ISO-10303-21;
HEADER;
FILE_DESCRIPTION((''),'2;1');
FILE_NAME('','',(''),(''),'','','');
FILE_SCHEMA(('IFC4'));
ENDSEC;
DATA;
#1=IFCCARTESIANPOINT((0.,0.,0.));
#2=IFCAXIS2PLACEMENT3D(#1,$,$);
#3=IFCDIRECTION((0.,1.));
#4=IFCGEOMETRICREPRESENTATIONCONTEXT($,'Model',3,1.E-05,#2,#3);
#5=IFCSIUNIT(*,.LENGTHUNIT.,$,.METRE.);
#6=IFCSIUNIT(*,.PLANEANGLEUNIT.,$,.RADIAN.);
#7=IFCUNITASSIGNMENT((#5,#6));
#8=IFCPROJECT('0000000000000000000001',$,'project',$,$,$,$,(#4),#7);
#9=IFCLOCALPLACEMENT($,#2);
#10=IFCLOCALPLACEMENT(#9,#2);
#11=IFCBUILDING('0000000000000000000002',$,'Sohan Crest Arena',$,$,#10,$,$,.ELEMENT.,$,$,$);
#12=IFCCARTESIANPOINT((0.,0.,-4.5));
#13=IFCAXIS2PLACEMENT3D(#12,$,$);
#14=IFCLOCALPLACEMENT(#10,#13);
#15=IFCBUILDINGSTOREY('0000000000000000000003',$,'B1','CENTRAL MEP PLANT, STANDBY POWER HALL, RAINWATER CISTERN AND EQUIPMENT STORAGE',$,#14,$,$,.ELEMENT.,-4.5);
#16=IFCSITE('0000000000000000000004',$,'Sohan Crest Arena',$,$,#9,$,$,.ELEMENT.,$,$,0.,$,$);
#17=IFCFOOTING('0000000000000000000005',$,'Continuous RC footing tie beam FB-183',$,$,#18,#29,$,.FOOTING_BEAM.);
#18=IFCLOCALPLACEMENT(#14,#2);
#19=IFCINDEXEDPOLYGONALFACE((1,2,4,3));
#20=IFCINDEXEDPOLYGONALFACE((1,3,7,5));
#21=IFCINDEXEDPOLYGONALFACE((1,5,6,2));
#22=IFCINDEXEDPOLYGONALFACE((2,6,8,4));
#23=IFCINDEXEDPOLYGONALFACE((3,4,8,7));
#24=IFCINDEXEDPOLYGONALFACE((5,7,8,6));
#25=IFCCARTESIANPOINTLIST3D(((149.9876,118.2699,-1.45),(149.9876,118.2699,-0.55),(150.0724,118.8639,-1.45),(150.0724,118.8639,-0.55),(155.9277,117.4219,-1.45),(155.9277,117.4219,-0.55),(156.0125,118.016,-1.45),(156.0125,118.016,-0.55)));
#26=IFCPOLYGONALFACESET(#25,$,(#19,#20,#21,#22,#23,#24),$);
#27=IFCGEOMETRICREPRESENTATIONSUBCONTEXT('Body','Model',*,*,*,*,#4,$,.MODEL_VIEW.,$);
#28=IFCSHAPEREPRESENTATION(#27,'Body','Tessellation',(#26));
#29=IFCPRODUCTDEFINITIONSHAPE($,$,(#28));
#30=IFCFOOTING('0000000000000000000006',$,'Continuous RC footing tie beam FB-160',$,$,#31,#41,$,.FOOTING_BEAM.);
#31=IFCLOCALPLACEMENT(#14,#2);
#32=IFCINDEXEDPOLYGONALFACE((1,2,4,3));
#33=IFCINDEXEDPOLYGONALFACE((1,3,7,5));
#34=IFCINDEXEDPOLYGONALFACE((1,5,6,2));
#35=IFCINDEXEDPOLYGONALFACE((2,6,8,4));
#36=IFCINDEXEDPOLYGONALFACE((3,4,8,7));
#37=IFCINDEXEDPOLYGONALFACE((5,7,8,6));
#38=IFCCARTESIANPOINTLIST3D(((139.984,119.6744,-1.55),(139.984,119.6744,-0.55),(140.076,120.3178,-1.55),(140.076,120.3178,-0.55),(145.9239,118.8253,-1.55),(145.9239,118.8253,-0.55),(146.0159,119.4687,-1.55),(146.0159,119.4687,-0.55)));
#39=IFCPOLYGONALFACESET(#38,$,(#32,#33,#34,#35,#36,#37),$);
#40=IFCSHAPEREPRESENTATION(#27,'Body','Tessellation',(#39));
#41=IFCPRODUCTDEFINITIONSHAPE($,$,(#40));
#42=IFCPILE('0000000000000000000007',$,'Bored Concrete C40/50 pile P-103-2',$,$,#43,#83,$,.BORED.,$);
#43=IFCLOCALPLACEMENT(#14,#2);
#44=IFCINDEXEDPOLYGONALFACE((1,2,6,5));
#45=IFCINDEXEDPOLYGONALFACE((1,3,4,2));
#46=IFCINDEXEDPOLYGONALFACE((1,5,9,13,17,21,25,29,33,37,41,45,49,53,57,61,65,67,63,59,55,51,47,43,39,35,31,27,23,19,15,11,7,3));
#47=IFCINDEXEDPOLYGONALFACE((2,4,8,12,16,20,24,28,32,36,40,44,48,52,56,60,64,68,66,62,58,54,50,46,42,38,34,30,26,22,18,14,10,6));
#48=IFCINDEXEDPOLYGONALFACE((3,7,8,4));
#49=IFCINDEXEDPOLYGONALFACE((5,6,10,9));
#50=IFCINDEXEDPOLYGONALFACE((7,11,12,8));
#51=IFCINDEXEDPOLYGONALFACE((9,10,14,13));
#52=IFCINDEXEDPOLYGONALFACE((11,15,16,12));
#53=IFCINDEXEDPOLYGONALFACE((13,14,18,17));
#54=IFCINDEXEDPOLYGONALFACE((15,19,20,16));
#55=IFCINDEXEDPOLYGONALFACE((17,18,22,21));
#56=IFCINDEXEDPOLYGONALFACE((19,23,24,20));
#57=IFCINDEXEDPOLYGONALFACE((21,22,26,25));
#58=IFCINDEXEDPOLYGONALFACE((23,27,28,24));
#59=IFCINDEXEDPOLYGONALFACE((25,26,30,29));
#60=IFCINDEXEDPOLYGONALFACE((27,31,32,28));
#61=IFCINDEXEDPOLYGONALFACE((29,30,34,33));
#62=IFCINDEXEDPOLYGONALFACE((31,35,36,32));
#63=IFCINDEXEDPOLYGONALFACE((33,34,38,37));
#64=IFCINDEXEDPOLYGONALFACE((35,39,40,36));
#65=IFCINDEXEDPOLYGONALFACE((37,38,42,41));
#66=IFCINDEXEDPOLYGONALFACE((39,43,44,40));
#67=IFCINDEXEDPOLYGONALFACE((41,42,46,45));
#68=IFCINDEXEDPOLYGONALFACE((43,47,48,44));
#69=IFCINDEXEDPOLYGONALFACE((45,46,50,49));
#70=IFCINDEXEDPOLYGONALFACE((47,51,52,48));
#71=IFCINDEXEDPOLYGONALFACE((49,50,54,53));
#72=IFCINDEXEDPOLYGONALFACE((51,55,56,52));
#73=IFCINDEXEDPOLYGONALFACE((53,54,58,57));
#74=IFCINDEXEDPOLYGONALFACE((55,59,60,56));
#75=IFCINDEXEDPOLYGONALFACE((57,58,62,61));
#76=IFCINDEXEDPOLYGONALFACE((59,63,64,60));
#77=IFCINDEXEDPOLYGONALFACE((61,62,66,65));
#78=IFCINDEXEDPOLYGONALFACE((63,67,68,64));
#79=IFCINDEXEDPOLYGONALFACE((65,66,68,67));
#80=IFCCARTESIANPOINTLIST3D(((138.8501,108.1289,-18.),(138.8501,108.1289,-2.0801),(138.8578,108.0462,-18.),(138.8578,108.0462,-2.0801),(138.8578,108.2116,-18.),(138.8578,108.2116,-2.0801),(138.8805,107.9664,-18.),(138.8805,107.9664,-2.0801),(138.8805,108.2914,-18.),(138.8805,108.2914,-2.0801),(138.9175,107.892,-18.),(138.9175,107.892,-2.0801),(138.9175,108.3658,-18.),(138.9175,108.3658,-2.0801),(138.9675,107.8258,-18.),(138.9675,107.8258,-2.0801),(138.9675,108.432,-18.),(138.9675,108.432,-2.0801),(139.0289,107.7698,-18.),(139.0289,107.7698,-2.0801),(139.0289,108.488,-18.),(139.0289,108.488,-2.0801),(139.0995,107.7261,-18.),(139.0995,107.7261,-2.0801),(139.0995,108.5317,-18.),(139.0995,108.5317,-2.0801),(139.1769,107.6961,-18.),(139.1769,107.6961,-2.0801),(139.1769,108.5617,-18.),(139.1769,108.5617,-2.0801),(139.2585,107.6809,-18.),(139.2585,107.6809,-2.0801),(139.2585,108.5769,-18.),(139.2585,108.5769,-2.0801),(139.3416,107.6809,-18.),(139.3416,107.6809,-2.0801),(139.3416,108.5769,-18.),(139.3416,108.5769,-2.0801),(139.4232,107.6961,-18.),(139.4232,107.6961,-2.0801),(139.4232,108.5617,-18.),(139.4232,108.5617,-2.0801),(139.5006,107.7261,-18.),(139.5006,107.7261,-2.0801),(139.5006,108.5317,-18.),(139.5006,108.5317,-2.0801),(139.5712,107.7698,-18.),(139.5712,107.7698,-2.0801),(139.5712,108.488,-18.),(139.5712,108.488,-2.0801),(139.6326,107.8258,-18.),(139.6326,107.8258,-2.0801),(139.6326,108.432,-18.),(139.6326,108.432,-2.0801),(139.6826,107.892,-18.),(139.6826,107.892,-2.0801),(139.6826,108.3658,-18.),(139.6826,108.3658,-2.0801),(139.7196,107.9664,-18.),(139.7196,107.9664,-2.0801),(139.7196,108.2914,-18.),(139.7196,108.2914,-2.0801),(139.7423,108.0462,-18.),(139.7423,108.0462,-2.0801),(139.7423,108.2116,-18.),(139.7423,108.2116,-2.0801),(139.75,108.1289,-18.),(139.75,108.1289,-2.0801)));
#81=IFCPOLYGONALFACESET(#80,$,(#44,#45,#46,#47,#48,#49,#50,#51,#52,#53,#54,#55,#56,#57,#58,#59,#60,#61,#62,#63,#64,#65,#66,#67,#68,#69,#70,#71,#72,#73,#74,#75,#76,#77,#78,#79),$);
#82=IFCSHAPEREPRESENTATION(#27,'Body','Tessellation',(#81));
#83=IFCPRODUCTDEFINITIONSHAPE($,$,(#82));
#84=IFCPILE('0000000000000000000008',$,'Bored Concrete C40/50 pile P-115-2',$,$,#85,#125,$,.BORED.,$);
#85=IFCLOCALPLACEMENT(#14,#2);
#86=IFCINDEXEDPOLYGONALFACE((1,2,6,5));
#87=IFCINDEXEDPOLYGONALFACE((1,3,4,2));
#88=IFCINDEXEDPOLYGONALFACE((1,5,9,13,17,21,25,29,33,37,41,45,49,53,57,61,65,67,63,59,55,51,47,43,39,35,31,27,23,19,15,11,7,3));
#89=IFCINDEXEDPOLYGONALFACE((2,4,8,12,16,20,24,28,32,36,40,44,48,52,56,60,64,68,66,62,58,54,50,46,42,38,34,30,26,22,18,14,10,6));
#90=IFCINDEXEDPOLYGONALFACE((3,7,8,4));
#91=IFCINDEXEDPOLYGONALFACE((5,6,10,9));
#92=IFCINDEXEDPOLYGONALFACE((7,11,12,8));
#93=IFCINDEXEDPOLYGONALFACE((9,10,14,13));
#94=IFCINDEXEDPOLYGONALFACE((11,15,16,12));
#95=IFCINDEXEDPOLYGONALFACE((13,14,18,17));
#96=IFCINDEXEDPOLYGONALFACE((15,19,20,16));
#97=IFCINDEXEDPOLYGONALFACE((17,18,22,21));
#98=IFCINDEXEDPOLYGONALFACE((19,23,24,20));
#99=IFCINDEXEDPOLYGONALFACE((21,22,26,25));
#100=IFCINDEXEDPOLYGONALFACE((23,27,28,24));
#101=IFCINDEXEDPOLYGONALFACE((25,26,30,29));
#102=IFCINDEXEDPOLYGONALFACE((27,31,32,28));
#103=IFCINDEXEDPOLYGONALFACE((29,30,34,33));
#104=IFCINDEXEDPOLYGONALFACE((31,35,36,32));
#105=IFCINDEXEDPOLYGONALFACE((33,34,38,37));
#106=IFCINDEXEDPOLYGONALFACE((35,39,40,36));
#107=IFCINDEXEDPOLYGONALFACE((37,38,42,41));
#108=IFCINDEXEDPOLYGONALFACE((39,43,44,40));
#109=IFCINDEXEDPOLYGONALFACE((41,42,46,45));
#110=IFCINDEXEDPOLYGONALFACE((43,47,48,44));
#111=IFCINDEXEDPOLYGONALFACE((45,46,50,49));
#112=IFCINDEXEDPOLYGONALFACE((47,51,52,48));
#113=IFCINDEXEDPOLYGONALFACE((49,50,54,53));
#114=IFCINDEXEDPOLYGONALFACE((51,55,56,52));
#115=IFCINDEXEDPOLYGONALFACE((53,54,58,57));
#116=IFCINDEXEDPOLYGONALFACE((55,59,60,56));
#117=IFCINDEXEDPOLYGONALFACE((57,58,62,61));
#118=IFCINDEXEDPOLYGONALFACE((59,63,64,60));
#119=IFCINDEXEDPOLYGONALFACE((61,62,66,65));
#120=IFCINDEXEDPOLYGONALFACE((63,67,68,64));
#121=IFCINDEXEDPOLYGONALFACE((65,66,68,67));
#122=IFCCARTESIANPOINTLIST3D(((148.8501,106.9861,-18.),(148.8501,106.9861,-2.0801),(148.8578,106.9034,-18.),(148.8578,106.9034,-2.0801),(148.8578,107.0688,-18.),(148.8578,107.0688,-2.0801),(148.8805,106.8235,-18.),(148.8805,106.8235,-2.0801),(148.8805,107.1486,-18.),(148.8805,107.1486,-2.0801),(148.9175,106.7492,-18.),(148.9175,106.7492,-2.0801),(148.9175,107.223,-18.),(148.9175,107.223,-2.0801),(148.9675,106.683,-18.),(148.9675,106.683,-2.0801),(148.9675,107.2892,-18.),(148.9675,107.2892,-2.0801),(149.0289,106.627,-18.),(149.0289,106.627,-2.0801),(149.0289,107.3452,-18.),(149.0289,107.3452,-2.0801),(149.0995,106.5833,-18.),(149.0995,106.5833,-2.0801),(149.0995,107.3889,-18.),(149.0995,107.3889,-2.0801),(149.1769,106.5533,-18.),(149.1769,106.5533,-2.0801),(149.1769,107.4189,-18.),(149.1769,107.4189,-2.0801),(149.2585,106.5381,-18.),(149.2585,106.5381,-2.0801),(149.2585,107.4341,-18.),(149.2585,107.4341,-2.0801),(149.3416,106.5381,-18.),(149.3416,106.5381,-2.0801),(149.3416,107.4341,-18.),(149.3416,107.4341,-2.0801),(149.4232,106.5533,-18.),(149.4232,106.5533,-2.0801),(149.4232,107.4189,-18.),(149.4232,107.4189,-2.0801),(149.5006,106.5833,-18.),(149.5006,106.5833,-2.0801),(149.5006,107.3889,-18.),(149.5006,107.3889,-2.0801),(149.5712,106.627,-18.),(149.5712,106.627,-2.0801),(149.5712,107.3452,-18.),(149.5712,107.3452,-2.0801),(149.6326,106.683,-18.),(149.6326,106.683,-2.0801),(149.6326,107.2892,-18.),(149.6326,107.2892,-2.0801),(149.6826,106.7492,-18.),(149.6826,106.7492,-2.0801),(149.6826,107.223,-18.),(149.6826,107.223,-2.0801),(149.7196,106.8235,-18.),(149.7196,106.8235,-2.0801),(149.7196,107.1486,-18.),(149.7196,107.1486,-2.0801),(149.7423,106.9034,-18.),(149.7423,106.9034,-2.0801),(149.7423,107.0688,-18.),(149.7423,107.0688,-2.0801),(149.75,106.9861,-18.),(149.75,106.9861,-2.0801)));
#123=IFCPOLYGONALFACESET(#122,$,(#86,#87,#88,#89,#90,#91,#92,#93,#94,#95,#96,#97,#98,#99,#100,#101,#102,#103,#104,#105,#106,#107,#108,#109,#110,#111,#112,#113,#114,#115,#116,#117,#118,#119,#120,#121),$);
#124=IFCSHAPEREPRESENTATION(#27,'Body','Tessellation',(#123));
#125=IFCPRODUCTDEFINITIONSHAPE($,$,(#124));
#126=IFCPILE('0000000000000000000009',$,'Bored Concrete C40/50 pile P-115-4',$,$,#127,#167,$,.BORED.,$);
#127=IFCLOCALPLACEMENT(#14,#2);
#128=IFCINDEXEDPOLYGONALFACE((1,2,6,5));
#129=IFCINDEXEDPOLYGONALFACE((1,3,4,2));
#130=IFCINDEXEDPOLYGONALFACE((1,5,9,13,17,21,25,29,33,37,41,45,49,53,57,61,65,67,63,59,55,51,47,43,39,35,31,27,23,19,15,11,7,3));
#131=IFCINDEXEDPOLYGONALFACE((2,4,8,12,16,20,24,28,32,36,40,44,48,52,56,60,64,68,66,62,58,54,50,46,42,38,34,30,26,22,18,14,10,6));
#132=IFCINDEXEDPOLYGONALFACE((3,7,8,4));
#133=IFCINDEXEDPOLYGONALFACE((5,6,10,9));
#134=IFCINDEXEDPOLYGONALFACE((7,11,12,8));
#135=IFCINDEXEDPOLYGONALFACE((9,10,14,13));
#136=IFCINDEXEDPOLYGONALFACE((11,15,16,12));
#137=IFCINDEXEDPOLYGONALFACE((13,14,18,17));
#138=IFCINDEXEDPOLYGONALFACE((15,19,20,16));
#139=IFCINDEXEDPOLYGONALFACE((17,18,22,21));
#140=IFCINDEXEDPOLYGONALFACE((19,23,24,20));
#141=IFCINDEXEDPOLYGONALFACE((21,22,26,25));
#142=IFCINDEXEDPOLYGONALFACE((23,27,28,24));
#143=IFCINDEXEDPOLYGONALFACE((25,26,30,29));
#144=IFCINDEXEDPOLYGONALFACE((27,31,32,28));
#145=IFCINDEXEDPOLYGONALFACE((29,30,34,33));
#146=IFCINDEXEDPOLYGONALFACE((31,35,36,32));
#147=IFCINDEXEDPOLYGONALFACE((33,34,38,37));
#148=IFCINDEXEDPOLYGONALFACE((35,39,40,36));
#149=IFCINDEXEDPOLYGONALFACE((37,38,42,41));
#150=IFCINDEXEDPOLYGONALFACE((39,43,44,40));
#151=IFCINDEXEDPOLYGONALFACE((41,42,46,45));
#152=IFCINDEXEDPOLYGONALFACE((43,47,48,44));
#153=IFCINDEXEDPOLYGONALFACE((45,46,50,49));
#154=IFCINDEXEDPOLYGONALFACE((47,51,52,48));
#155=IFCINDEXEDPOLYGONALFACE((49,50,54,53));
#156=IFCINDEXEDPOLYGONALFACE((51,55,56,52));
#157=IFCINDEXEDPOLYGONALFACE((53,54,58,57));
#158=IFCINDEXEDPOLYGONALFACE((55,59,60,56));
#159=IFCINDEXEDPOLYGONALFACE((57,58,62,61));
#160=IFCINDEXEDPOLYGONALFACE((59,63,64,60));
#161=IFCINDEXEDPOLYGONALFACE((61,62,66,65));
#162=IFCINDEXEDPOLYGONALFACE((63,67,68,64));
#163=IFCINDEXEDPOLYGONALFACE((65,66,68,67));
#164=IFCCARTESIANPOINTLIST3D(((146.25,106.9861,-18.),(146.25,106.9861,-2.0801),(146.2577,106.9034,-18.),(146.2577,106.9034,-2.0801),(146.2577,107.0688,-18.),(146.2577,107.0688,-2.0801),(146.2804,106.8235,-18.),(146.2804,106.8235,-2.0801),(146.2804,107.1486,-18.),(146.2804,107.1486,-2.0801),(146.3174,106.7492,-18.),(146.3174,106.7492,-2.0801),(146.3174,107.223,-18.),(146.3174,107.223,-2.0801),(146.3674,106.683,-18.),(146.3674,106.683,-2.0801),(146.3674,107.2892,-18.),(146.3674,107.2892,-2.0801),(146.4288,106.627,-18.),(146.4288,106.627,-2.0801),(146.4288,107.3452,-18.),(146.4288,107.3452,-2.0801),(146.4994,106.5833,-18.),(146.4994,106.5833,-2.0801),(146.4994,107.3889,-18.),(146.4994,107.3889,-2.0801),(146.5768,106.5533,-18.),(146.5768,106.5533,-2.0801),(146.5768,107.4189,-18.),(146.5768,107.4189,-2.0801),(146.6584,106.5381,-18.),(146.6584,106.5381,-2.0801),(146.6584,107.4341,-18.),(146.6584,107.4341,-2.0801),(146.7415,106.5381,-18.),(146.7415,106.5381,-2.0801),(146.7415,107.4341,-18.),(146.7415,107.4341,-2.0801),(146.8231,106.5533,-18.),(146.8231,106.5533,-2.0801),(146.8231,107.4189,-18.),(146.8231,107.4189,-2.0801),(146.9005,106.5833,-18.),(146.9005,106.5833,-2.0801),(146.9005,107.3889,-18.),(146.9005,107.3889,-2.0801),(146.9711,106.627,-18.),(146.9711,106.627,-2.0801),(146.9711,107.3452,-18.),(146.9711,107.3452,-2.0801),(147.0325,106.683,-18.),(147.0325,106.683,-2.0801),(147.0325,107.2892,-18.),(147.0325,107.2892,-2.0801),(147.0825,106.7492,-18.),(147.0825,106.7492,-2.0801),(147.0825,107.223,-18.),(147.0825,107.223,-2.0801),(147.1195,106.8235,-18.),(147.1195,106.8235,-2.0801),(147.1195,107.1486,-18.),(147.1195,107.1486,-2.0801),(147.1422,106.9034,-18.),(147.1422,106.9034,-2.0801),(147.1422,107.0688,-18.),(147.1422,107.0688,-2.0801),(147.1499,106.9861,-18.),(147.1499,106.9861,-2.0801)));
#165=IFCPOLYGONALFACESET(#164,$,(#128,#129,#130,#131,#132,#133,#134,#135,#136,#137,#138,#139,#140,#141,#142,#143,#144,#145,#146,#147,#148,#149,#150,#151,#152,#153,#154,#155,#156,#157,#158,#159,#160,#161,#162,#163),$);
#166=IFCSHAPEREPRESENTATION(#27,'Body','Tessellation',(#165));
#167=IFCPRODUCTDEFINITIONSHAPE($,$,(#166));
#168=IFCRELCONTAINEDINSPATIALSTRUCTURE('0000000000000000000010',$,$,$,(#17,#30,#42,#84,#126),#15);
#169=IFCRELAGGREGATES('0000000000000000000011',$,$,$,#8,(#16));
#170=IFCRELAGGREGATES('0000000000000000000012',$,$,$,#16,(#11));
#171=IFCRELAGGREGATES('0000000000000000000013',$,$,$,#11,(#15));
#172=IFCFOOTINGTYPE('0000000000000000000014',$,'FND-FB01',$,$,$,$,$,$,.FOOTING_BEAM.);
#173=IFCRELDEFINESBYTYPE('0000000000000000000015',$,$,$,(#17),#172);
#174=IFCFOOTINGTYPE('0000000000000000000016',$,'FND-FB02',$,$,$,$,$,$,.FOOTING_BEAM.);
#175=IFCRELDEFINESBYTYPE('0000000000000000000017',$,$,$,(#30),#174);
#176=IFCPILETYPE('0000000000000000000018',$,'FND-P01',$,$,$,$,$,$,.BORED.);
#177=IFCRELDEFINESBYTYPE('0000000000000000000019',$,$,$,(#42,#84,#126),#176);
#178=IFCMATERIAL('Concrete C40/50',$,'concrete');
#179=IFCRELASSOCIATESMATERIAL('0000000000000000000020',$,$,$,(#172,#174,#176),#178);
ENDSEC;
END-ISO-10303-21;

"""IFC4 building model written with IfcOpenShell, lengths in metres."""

from ifc_helpers import new_model, si_unit, direction, frame, origin, origin_2d, place, context, subcontext, project, spatial, rectangle, circle, extrude, material, material_profile, profile_set, type_object, element, save


model = new_model("IFC4")

# Units and contexts
model_context = context("Model", 3, precision=1e-05, world=origin(), true_north=direction((0.0, 1.0)))
body_context = subcontext(model_context, "Body", "Model", "MODEL_VIEW")
ifc_project = project(units=[si_unit("LENGTHUNIT", "METRE"), si_unit("PLANEANGLEUNIT", "RADIAN")], contexts=[model_context])

# Site, building, storey
site_placement = place(None, origin())
site = spatial("IfcSite", under=ifc_project, at=site_placement, Name="Sohan Crest Arena", CompositionType="ELEMENT", RefElevation=0.0)
building_placement = place(site_placement, origin())
building = spatial("IfcBuilding", under=site, at=building_placement, Name="Sohan Crest Arena", CompositionType="ELEMENT")
storey_placement = place(building_placement, frame((0.0, 0.0, -4.5)))
storey = spatial("IfcBuildingStorey", under=building, at=storey_placement, Name="B1", Description="CENTRAL MEP PLANT, STANDBY POWER HALL, RAINWATER CISTERN AND EQUIPMENT STORAGE", CompositionType="ELEMENT", Elevation=-4.5)

# Footings
ifc_material_1 = material(Name="Concrete C40/50", Category="concrete")
ifc_material_profile_1 = material_profile(ifc_material_1, rectangle(XDim=0.6001, YDim=0.8999, at=origin_2d()), Name="RC-FB 600x900")
ifc_profile_set_1 = profile_set([ifc_material_profile_1], Name="Concrete C40/50")
footing_type_1 = type_object("IfcFootingType", Name="FND-FB01", PredefinedType="FOOTING_BEAM", material=ifc_profile_set_1)
footing_1_placement = place(storey_placement, frame((150.03, 118.5669, -1.0), z_axis=(0.989965, -0.141313, 0.0), x_axis=(0.141313, 0.989965, 0.0)))
element("IfcFooting", 1, at=footing_1_placement, inside=storey, type_object=footing_type_1, Name="Continuous RC footing tie beam FB-183", PredefinedType="FOOTING_BEAM", context=body_context, shape_type="SweptSolid", body=[
    extrude(rectangle(XDim=0.6001, YDim=0.8999, at=origin_2d()), origin(), (0.0, 0.0, 1.0), 6.0002),
])
ifc_material_profile_2 = material_profile(ifc_material_1, rectangle(XDim=0.6499, YDim=1.0, at=origin_2d()), Name="RC-FB 650x1000")
ifc_profile_set_2 = profile_set([ifc_material_profile_2], Name="Concrete C40/50")
footing_type_2 = type_object("IfcFootingType", Name="FND-FB02", PredefinedType="FOOTING_BEAM", material=ifc_profile_set_2)
footing_2_placement = place(storey_placement, frame((140.03, 119.9961, -1.05), z_axis=(0.989936, -0.141512, 0.0), x_axis=(0.141512, 0.989936, 0.0)))
element("IfcFooting", 2, at=footing_2_placement, inside=storey, type_object=footing_type_2, Name="Continuous RC footing tie beam FB-160", PredefinedType="FOOTING_BEAM", context=body_context, shape_type="SweptSolid", body=[
    extrude(rectangle(XDim=0.6499, YDim=1.0, at=origin_2d()), origin(), (0.0, 0.0, 1.0), 6.0002),
])

# Piles
ifc_material_profile_3 = material_profile(ifc_material_1, circle(Radius=0.45, at=origin_2d()), Name="PILE D900")
ifc_profile_set_3 = profile_set([ifc_material_profile_3], Name="Concrete C40/50")
pile_type_1 = type_object("IfcPileType", Name="FND-P01", PredefinedType="BORED", material=ifc_profile_set_3)
for number, where, z_axis, x_axis, name in (
    (3, (139.3, 108.1289, -18.0), (0.0, 0.0, 1.0), (1.0, 0.0, 0.0), "Bored Concrete C40/50 pile P-103-2"),
    (4, (149.3, 106.9861, -18.0), (0.0, 0.0, 1.0), (1.0, 0.0, 0.0), "Bored Concrete C40/50 pile P-115-2"),
    (5, (146.7, 106.9861, -18.0), (0.0, 0.0, 1.0), (1.0, 0.0, 0.0), "Bored Concrete C40/50 pile P-115-4"),
):
    element("IfcPile", number, at=place(storey_placement, frame(where, z_axis=z_axis, x_axis=x_axis)), inside=storey, type_object=pile_type_1, Name=name, PredefinedType="BORED", context=body_context, shape_type="SweptSolid", body=[
        extrude(circle(Radius=0.45, at=origin_2d()), origin(), (0.0, 0.0, 1.0), 15.9199),
    ])

save(model, "model.ifc")
